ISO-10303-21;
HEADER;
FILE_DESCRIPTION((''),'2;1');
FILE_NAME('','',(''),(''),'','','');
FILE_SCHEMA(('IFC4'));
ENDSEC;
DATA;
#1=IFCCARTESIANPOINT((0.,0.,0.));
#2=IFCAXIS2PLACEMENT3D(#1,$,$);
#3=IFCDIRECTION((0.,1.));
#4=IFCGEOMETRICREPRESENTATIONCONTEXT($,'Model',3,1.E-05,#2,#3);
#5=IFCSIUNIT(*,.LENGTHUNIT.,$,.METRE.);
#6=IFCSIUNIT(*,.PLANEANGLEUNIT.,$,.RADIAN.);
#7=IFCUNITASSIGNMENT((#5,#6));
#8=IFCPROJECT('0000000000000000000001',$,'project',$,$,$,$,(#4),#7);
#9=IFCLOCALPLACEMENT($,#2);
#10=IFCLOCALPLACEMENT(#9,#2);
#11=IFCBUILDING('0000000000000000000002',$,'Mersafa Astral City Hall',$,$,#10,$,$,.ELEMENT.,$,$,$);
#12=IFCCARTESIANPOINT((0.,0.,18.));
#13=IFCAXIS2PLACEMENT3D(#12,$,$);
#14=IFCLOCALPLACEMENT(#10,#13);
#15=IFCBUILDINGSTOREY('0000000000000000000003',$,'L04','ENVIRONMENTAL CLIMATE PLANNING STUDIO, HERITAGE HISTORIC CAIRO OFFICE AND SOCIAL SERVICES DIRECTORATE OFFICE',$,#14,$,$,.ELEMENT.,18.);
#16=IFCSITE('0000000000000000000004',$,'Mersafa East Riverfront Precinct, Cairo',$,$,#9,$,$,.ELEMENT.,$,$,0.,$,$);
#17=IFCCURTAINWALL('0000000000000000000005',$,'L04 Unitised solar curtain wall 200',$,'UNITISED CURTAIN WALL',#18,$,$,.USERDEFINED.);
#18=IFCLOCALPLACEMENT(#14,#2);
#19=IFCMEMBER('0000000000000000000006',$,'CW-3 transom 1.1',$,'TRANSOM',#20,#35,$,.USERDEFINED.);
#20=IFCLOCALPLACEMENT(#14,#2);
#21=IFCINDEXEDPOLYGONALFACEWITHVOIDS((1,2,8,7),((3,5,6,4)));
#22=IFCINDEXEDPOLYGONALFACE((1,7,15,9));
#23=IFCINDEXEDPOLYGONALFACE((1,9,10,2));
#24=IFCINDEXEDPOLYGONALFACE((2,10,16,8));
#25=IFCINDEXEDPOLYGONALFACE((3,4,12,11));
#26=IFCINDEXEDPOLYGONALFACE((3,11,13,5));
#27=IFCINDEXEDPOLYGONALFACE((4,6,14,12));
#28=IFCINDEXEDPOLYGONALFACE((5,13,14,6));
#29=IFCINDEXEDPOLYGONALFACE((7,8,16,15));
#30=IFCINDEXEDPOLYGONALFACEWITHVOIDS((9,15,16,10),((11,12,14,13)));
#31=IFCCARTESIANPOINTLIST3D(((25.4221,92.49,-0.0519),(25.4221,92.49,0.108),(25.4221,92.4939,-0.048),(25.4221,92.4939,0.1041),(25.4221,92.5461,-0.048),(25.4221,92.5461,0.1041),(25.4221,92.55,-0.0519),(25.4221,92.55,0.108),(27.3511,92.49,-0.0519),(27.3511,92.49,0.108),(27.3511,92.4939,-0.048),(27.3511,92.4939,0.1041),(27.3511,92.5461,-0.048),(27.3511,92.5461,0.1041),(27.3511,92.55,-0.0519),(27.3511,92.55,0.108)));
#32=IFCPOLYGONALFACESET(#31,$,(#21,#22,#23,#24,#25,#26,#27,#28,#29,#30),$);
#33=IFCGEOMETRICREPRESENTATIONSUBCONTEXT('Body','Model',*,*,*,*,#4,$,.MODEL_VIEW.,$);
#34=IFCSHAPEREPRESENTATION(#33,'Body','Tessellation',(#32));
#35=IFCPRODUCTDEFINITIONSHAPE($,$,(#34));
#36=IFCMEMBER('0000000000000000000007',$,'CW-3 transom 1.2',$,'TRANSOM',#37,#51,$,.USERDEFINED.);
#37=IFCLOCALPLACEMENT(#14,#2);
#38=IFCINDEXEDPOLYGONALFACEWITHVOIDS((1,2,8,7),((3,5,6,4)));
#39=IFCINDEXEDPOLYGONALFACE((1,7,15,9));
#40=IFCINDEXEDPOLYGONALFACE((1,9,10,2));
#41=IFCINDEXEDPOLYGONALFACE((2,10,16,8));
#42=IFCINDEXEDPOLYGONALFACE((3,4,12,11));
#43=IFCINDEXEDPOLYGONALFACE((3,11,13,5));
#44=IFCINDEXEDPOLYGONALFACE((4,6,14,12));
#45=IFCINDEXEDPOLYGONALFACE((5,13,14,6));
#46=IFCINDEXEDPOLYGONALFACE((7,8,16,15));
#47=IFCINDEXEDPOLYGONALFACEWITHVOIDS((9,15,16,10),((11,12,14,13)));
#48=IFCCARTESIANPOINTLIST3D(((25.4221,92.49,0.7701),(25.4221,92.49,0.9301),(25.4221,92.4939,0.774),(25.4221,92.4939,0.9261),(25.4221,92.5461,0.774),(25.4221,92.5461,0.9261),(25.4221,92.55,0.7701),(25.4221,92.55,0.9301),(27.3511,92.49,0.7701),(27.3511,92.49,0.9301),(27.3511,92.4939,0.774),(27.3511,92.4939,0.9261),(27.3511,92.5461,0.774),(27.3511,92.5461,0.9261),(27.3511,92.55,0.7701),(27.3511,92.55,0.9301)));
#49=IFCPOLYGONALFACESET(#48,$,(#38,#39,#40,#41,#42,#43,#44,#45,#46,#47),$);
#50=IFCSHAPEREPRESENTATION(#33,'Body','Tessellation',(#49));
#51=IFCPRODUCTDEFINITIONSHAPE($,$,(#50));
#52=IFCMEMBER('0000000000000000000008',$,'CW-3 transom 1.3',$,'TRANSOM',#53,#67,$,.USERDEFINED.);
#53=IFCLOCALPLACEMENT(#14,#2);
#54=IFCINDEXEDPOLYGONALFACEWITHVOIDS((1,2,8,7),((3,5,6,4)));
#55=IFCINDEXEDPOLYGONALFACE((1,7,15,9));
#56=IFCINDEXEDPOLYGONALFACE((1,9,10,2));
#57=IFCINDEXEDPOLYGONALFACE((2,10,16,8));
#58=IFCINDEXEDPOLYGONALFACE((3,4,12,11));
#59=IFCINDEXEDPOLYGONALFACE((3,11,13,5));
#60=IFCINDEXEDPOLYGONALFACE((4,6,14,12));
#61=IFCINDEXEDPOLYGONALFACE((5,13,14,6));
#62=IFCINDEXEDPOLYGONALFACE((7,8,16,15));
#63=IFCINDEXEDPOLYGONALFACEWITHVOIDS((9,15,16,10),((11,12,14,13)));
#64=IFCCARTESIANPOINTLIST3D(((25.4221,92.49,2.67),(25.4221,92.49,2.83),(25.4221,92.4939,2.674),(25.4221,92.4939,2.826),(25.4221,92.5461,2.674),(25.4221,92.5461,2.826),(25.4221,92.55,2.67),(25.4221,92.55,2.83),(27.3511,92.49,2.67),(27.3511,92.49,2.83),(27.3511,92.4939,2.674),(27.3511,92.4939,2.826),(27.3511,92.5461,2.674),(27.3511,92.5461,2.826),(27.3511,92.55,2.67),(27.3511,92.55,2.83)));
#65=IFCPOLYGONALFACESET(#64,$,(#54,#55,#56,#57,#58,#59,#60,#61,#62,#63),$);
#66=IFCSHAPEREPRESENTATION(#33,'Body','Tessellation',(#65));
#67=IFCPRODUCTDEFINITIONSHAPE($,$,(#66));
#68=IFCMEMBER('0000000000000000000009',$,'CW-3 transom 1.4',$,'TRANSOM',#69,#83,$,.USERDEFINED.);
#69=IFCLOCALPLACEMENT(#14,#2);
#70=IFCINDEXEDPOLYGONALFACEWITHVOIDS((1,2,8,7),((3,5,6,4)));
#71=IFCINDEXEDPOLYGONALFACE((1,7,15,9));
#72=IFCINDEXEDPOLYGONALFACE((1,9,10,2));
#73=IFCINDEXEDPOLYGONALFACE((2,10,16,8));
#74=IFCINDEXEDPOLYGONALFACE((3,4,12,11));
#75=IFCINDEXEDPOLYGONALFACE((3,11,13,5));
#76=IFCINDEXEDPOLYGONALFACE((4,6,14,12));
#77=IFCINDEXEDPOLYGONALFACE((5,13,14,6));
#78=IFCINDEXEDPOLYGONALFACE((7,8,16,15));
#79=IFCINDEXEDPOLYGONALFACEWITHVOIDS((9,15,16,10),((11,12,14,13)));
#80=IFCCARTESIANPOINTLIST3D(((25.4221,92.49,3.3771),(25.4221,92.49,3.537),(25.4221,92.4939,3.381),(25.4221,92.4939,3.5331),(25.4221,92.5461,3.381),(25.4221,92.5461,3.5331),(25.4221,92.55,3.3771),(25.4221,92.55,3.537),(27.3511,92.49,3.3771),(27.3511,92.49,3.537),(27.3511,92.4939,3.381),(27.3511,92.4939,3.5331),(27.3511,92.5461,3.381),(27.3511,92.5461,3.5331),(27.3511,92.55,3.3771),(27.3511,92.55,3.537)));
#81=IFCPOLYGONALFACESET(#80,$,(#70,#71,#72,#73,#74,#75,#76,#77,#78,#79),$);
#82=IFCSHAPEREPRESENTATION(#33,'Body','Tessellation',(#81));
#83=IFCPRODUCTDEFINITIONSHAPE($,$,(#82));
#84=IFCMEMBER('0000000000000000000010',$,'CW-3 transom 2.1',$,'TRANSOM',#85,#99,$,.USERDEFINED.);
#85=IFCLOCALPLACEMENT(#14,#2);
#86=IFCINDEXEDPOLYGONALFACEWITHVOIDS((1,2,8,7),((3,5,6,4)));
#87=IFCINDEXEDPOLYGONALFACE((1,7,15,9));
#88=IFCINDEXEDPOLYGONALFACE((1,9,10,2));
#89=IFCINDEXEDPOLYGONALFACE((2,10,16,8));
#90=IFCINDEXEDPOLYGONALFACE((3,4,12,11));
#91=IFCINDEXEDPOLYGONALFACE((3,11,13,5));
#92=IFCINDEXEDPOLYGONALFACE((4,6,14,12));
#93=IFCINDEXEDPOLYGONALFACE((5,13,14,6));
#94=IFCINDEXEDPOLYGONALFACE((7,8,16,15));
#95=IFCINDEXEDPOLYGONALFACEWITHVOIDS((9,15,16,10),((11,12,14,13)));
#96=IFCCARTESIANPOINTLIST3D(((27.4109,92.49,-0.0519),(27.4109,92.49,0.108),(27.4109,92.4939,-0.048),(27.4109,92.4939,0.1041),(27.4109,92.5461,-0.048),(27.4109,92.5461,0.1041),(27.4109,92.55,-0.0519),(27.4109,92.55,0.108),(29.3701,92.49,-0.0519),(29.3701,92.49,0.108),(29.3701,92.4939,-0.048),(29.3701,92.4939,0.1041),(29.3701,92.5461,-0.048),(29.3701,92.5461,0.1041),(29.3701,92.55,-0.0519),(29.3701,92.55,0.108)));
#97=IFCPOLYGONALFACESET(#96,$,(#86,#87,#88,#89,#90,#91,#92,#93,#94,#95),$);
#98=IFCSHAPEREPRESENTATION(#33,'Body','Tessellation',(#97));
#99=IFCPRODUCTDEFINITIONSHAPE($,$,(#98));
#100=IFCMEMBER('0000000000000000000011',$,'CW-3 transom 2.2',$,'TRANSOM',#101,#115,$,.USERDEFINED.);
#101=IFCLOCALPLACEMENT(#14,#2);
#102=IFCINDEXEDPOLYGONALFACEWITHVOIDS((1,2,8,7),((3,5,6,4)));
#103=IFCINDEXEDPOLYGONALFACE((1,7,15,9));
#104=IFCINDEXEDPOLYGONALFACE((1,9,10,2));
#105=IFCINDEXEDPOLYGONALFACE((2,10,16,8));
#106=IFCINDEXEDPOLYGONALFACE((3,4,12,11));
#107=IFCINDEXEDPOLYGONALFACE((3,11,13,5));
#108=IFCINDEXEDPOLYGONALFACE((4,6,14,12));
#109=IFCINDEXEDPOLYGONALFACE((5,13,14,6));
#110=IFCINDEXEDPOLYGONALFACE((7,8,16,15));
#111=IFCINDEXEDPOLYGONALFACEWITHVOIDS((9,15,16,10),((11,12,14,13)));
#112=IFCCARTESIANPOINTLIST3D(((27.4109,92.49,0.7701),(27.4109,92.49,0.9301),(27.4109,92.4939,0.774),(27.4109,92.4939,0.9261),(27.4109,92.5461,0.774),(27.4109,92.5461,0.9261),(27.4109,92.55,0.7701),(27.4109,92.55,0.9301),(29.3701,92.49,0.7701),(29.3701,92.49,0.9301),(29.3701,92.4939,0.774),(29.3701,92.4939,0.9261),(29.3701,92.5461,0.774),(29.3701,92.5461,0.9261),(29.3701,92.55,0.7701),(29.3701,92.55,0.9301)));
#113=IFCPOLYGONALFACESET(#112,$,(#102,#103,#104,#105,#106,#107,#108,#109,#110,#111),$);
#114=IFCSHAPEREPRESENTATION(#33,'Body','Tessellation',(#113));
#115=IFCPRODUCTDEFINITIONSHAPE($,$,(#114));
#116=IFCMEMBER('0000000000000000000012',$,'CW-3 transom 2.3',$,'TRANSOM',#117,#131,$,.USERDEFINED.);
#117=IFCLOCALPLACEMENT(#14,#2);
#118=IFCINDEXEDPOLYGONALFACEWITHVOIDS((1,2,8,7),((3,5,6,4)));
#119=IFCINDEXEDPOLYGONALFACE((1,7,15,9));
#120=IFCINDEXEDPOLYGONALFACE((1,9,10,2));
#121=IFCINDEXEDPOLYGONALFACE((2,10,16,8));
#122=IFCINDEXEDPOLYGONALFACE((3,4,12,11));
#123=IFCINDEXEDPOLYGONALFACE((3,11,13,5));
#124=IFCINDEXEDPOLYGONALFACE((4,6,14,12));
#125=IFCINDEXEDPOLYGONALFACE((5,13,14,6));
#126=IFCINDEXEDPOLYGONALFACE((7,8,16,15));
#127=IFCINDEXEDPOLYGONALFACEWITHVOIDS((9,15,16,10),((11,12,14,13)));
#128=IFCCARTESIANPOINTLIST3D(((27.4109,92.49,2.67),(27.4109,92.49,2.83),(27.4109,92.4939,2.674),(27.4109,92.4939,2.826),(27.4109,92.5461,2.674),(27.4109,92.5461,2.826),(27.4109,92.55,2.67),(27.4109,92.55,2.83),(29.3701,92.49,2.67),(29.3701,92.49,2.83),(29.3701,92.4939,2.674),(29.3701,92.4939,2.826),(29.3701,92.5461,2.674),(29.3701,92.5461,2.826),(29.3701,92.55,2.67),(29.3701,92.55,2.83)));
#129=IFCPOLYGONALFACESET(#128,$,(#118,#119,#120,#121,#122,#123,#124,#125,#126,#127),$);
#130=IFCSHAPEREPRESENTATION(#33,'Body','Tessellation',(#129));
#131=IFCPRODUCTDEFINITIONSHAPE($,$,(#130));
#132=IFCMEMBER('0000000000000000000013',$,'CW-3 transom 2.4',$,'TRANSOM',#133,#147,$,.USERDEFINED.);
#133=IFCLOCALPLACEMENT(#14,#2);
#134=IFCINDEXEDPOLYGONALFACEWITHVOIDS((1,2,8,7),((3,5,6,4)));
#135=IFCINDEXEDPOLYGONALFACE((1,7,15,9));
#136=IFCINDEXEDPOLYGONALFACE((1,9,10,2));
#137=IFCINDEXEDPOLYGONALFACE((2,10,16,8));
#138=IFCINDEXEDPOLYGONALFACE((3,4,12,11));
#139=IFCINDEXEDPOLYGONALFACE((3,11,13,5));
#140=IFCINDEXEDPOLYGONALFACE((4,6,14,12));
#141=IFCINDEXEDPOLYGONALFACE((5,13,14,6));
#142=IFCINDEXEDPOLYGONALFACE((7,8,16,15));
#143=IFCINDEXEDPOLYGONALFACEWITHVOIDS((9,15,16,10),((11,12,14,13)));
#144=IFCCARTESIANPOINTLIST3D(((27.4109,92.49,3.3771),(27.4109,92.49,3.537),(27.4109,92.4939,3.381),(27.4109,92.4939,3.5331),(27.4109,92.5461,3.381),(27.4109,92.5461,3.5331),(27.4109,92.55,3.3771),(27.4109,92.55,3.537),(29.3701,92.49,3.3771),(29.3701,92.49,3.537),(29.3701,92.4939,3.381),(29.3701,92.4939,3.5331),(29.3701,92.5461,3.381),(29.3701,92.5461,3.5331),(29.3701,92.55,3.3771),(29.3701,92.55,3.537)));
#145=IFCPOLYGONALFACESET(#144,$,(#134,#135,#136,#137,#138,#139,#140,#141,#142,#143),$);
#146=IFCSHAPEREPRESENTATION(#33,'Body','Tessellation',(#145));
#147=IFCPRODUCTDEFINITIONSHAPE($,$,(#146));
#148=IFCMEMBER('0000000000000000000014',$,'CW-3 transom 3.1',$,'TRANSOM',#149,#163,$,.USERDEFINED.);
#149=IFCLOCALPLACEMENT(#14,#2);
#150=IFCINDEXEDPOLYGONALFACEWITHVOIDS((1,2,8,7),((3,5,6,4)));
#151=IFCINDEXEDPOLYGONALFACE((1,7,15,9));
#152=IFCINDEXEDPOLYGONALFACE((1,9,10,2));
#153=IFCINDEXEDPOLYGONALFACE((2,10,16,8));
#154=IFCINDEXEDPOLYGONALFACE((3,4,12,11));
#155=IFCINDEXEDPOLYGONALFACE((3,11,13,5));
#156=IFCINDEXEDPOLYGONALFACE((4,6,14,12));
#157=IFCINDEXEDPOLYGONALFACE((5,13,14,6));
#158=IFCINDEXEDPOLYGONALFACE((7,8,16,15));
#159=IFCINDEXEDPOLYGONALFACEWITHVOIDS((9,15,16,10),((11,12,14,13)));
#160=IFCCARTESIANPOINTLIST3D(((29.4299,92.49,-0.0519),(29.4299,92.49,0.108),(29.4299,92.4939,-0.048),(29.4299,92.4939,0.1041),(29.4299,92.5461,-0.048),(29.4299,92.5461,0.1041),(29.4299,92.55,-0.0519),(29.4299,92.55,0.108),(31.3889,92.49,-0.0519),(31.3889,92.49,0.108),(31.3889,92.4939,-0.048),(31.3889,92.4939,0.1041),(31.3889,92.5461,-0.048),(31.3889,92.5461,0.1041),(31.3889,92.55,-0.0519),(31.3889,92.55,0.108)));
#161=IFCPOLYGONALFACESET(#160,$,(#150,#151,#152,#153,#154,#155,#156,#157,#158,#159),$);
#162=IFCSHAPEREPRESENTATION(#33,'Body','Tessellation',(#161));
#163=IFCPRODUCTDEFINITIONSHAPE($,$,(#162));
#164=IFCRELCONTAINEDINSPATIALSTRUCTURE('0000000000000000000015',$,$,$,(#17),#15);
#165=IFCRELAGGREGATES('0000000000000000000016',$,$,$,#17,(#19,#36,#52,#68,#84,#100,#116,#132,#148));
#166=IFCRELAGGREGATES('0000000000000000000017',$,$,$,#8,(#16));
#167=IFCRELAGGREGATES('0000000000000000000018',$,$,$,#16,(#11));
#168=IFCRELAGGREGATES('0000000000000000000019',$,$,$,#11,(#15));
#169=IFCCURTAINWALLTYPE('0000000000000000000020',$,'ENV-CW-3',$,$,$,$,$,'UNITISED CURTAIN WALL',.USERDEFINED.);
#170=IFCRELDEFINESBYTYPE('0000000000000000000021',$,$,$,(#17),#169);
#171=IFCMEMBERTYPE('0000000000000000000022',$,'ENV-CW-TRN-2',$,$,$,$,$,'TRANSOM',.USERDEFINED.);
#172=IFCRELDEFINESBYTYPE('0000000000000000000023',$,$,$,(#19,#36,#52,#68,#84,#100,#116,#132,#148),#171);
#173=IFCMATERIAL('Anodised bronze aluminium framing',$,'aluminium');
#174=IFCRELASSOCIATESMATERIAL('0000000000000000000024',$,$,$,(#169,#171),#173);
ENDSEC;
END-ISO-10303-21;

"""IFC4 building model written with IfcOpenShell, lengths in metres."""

from ifc_helpers import new_model, si_unit, direction, frame, origin, origin_2d, place, context, subcontext, project, spatial, hollow_rectangle, extrude, material, material_profile, profile_set, type_object, element, aggregate, save


model = new_model("IFC4")

# Units and contexts
model_context = context("Model", 3, precision=1e-05, world=origin(), true_north=direction((0.0, 1.0)))
body_context = subcontext(model_context, "Body", "Model", "MODEL_VIEW")
ifc_project = project(units=[si_unit("LENGTHUNIT", "METRE"), si_unit("PLANEANGLEUNIT", "RADIAN")], contexts=[model_context])

# Site, building, storey
site_placement = place(None, origin())
site = spatial("IfcSite", under=ifc_project, at=site_placement, Name="Mersafa East Riverfront Precinct, Cairo", CompositionType="ELEMENT", RefElevation=0.0)
building_placement = place(site_placement, origin())
building = spatial("IfcBuilding", under=site, at=building_placement, Name="Mersafa Astral City Hall", CompositionType="ELEMENT")
storey_placement = place(building_placement, frame((0.0, 0.0, 18.0)))
storey = spatial("IfcBuildingStorey", under=building, at=storey_placement, Name="L04", Description="ENVIRONMENTAL CLIMATE PLANNING STUDIO, HERITAGE HISTORIC CAIRO OFFICE AND SOCIAL SERVICES DIRECTORATE OFFICE", CompositionType="ELEMENT", Elevation=18.0)

# Curtain wall, members
ifc_material_1 = material(Name="Anodised bronze aluminium framing", Category="aluminium")
curtain_wall_type = type_object("IfcCurtainWallType", Name="ENV-CW-3", ElementType="UNITISED CURTAIN WALL", PredefinedType="USERDEFINED", material=ifc_material_1)
curtain_wall_placement = place(storey_placement, origin())
curtain_wall = element("IfcCurtainWall", 1, at=curtain_wall_placement, inside=storey, type_object=curtain_wall_type, Name="L04 Unitised solar curtain wall 200", ObjectType="UNITISED CURTAIN WALL", PredefinedType="USERDEFINED")
ifc_material_profile_1 = material_profile(ifc_material_1, hollow_rectangle(XDim=0.0601, YDim=0.1599, WallThickness=0.0039, at=origin_2d()), Name="RHS 60x160x4")
ifc_profile_set_1 = profile_set([ifc_material_profile_1], Name="Anodised bronze aluminium framing")
member_type_1 = type_object("IfcMemberType", Name="ENV-CW-TRN-2", ElementType="TRANSOM", PredefinedType="USERDEFINED", material=ifc_profile_set_1)
member_1_placement = place(storey_placement, frame((25.4221, 92.52, 0.0281), z_axis=(1.0, 0.0, 0.0), x_axis=(0.0, 1.0, 0.0)))
member_1 = element("IfcMember", 2, at=member_1_placement, type_object=member_type_1, Name="CW-3 transom 1.1", ObjectType="TRANSOM", PredefinedType="USERDEFINED", context=body_context, shape_type="SweptSolid", body=[
    extrude(hollow_rectangle(XDim=0.0601, YDim=0.1599, WallThickness=0.0039, at=origin_2d()), origin(), (0.0, 0.0, 1.0), 1.929),
])
member_2_placement = place(storey_placement, frame((25.4221, 92.52, 0.8501), z_axis=(1.0, 0.0, 0.0), x_axis=(0.0, 1.0, 0.0)))
member_2 = element("IfcMember", 3, at=member_2_placement, type_object=member_type_1, Name="CW-3 transom 1.2", ObjectType="TRANSOM", PredefinedType="USERDEFINED", context=body_context, shape_type="SweptSolid", body=[
    extrude(hollow_rectangle(XDim=0.0601, YDim=0.1599, WallThickness=0.0039, at=origin_2d()), origin(), (0.0, 0.0, 1.0), 1.929),
])
member_3_placement = place(storey_placement, frame((25.4221, 92.52, 2.75), z_axis=(1.0, 0.0, 0.0), x_axis=(0.0, 1.0, 0.0)))
member_3 = element("IfcMember", 4, at=member_3_placement, type_object=member_type_1, Name="CW-3 transom 1.3", ObjectType="TRANSOM", PredefinedType="USERDEFINED", context=body_context, shape_type="SweptSolid", body=[
    extrude(hollow_rectangle(XDim=0.0601, YDim=0.1599, WallThickness=0.0039, at=origin_2d()), origin(), (0.0, 0.0, 1.0), 1.929),
])
member_4_placement = place(storey_placement, frame((25.4221, 92.52, 3.457), z_axis=(1.0, 0.0, 0.0), x_axis=(0.0, 1.0, 0.0)))
member_4 = element("IfcMember", 5, at=member_4_placement, type_object=member_type_1, Name="CW-3 transom 1.4", ObjectType="TRANSOM", PredefinedType="USERDEFINED", context=body_context, shape_type="SweptSolid", body=[
    extrude(hollow_rectangle(XDim=0.0601, YDim=0.1599, WallThickness=0.0039, at=origin_2d()), origin(), (0.0, 0.0, 1.0), 1.929),
])
member_5_placement = place(storey_placement, frame((27.4109, 92.52, 0.0281), z_axis=(1.0, 0.0, 0.0), x_axis=(0.0, 1.0, 0.0)))
member_5 = element("IfcMember", 6, at=member_5_placement, type_object=member_type_1, Name="CW-3 transom 2.1", ObjectType="TRANSOM", PredefinedType="USERDEFINED", context=body_context, shape_type="SweptSolid", body=[
    extrude(hollow_rectangle(XDim=0.0601, YDim=0.1599, WallThickness=0.0039, at=origin_2d()), origin(), (0.0, 0.0, 1.0), 1.9592),
])
member_6_placement = place(storey_placement, frame((27.4109, 92.52, 0.8501), z_axis=(1.0, 0.0, 0.0), x_axis=(0.0, 1.0, 0.0)))
member_6 = element("IfcMember", 7, at=member_6_placement, type_object=member_type_1, Name="CW-3 transom 2.2", ObjectType="TRANSOM", PredefinedType="USERDEFINED", context=body_context, shape_type="SweptSolid", body=[
    extrude(hollow_rectangle(XDim=0.0601, YDim=0.1599, WallThickness=0.0039, at=origin_2d()), origin(), (0.0, 0.0, 1.0), 1.9592),
])
member_7_placement = place(storey_placement, frame((27.4109, 92.52, 2.75), z_axis=(1.0, 0.0, 0.0), x_axis=(0.0, 1.0, 0.0)))
member_7 = element("IfcMember", 8, at=member_7_placement, type_object=member_type_1, Name="CW-3 transom 2.3", ObjectType="TRANSOM", PredefinedType="USERDEFINED", context=body_context, shape_type="SweptSolid", body=[
    extrude(hollow_rectangle(XDim=0.0601, YDim=0.1599, WallThickness=0.0039, at=origin_2d()), origin(), (0.0, 0.0, 1.0), 1.9592),
])
member_8_placement = place(storey_placement, frame((27.4109, 92.52, 3.457), z_axis=(1.0, 0.0, 0.0), x_axis=(0.0, 1.0, 0.0)))
member_8 = element("IfcMember", 9, at=member_8_placement, type_object=member_type_1, Name="CW-3 transom 2.4", ObjectType="TRANSOM", PredefinedType="USERDEFINED", context=body_context, shape_type="SweptSolid", body=[
    extrude(hollow_rectangle(XDim=0.0601, YDim=0.1599, WallThickness=0.0039, at=origin_2d()), origin(), (0.0, 0.0, 1.0), 1.9592),
])
member_9_placement = place(storey_placement, frame((29.4299, 92.52, 0.0281), z_axis=(1.0, 0.0, 0.0), x_axis=(0.0, 1.0, 0.0)))
member_9 = element("IfcMember", 10, at=member_9_placement, type_object=member_type_1, Name="CW-3 transom 3.1", ObjectType="TRANSOM", PredefinedType="USERDEFINED", context=body_context, shape_type="SweptSolid", body=[
    extrude(hollow_rectangle(XDim=0.0601, YDim=0.1599, WallThickness=0.0039, at=origin_2d()), origin(), (0.0, 0.0, 1.0), 1.959),
])

aggregate(curtain_wall, [member_1, member_2, member_3, member_4, member_5, member_6, member_7, member_8, member_9])

save(model, "model.ifc")
